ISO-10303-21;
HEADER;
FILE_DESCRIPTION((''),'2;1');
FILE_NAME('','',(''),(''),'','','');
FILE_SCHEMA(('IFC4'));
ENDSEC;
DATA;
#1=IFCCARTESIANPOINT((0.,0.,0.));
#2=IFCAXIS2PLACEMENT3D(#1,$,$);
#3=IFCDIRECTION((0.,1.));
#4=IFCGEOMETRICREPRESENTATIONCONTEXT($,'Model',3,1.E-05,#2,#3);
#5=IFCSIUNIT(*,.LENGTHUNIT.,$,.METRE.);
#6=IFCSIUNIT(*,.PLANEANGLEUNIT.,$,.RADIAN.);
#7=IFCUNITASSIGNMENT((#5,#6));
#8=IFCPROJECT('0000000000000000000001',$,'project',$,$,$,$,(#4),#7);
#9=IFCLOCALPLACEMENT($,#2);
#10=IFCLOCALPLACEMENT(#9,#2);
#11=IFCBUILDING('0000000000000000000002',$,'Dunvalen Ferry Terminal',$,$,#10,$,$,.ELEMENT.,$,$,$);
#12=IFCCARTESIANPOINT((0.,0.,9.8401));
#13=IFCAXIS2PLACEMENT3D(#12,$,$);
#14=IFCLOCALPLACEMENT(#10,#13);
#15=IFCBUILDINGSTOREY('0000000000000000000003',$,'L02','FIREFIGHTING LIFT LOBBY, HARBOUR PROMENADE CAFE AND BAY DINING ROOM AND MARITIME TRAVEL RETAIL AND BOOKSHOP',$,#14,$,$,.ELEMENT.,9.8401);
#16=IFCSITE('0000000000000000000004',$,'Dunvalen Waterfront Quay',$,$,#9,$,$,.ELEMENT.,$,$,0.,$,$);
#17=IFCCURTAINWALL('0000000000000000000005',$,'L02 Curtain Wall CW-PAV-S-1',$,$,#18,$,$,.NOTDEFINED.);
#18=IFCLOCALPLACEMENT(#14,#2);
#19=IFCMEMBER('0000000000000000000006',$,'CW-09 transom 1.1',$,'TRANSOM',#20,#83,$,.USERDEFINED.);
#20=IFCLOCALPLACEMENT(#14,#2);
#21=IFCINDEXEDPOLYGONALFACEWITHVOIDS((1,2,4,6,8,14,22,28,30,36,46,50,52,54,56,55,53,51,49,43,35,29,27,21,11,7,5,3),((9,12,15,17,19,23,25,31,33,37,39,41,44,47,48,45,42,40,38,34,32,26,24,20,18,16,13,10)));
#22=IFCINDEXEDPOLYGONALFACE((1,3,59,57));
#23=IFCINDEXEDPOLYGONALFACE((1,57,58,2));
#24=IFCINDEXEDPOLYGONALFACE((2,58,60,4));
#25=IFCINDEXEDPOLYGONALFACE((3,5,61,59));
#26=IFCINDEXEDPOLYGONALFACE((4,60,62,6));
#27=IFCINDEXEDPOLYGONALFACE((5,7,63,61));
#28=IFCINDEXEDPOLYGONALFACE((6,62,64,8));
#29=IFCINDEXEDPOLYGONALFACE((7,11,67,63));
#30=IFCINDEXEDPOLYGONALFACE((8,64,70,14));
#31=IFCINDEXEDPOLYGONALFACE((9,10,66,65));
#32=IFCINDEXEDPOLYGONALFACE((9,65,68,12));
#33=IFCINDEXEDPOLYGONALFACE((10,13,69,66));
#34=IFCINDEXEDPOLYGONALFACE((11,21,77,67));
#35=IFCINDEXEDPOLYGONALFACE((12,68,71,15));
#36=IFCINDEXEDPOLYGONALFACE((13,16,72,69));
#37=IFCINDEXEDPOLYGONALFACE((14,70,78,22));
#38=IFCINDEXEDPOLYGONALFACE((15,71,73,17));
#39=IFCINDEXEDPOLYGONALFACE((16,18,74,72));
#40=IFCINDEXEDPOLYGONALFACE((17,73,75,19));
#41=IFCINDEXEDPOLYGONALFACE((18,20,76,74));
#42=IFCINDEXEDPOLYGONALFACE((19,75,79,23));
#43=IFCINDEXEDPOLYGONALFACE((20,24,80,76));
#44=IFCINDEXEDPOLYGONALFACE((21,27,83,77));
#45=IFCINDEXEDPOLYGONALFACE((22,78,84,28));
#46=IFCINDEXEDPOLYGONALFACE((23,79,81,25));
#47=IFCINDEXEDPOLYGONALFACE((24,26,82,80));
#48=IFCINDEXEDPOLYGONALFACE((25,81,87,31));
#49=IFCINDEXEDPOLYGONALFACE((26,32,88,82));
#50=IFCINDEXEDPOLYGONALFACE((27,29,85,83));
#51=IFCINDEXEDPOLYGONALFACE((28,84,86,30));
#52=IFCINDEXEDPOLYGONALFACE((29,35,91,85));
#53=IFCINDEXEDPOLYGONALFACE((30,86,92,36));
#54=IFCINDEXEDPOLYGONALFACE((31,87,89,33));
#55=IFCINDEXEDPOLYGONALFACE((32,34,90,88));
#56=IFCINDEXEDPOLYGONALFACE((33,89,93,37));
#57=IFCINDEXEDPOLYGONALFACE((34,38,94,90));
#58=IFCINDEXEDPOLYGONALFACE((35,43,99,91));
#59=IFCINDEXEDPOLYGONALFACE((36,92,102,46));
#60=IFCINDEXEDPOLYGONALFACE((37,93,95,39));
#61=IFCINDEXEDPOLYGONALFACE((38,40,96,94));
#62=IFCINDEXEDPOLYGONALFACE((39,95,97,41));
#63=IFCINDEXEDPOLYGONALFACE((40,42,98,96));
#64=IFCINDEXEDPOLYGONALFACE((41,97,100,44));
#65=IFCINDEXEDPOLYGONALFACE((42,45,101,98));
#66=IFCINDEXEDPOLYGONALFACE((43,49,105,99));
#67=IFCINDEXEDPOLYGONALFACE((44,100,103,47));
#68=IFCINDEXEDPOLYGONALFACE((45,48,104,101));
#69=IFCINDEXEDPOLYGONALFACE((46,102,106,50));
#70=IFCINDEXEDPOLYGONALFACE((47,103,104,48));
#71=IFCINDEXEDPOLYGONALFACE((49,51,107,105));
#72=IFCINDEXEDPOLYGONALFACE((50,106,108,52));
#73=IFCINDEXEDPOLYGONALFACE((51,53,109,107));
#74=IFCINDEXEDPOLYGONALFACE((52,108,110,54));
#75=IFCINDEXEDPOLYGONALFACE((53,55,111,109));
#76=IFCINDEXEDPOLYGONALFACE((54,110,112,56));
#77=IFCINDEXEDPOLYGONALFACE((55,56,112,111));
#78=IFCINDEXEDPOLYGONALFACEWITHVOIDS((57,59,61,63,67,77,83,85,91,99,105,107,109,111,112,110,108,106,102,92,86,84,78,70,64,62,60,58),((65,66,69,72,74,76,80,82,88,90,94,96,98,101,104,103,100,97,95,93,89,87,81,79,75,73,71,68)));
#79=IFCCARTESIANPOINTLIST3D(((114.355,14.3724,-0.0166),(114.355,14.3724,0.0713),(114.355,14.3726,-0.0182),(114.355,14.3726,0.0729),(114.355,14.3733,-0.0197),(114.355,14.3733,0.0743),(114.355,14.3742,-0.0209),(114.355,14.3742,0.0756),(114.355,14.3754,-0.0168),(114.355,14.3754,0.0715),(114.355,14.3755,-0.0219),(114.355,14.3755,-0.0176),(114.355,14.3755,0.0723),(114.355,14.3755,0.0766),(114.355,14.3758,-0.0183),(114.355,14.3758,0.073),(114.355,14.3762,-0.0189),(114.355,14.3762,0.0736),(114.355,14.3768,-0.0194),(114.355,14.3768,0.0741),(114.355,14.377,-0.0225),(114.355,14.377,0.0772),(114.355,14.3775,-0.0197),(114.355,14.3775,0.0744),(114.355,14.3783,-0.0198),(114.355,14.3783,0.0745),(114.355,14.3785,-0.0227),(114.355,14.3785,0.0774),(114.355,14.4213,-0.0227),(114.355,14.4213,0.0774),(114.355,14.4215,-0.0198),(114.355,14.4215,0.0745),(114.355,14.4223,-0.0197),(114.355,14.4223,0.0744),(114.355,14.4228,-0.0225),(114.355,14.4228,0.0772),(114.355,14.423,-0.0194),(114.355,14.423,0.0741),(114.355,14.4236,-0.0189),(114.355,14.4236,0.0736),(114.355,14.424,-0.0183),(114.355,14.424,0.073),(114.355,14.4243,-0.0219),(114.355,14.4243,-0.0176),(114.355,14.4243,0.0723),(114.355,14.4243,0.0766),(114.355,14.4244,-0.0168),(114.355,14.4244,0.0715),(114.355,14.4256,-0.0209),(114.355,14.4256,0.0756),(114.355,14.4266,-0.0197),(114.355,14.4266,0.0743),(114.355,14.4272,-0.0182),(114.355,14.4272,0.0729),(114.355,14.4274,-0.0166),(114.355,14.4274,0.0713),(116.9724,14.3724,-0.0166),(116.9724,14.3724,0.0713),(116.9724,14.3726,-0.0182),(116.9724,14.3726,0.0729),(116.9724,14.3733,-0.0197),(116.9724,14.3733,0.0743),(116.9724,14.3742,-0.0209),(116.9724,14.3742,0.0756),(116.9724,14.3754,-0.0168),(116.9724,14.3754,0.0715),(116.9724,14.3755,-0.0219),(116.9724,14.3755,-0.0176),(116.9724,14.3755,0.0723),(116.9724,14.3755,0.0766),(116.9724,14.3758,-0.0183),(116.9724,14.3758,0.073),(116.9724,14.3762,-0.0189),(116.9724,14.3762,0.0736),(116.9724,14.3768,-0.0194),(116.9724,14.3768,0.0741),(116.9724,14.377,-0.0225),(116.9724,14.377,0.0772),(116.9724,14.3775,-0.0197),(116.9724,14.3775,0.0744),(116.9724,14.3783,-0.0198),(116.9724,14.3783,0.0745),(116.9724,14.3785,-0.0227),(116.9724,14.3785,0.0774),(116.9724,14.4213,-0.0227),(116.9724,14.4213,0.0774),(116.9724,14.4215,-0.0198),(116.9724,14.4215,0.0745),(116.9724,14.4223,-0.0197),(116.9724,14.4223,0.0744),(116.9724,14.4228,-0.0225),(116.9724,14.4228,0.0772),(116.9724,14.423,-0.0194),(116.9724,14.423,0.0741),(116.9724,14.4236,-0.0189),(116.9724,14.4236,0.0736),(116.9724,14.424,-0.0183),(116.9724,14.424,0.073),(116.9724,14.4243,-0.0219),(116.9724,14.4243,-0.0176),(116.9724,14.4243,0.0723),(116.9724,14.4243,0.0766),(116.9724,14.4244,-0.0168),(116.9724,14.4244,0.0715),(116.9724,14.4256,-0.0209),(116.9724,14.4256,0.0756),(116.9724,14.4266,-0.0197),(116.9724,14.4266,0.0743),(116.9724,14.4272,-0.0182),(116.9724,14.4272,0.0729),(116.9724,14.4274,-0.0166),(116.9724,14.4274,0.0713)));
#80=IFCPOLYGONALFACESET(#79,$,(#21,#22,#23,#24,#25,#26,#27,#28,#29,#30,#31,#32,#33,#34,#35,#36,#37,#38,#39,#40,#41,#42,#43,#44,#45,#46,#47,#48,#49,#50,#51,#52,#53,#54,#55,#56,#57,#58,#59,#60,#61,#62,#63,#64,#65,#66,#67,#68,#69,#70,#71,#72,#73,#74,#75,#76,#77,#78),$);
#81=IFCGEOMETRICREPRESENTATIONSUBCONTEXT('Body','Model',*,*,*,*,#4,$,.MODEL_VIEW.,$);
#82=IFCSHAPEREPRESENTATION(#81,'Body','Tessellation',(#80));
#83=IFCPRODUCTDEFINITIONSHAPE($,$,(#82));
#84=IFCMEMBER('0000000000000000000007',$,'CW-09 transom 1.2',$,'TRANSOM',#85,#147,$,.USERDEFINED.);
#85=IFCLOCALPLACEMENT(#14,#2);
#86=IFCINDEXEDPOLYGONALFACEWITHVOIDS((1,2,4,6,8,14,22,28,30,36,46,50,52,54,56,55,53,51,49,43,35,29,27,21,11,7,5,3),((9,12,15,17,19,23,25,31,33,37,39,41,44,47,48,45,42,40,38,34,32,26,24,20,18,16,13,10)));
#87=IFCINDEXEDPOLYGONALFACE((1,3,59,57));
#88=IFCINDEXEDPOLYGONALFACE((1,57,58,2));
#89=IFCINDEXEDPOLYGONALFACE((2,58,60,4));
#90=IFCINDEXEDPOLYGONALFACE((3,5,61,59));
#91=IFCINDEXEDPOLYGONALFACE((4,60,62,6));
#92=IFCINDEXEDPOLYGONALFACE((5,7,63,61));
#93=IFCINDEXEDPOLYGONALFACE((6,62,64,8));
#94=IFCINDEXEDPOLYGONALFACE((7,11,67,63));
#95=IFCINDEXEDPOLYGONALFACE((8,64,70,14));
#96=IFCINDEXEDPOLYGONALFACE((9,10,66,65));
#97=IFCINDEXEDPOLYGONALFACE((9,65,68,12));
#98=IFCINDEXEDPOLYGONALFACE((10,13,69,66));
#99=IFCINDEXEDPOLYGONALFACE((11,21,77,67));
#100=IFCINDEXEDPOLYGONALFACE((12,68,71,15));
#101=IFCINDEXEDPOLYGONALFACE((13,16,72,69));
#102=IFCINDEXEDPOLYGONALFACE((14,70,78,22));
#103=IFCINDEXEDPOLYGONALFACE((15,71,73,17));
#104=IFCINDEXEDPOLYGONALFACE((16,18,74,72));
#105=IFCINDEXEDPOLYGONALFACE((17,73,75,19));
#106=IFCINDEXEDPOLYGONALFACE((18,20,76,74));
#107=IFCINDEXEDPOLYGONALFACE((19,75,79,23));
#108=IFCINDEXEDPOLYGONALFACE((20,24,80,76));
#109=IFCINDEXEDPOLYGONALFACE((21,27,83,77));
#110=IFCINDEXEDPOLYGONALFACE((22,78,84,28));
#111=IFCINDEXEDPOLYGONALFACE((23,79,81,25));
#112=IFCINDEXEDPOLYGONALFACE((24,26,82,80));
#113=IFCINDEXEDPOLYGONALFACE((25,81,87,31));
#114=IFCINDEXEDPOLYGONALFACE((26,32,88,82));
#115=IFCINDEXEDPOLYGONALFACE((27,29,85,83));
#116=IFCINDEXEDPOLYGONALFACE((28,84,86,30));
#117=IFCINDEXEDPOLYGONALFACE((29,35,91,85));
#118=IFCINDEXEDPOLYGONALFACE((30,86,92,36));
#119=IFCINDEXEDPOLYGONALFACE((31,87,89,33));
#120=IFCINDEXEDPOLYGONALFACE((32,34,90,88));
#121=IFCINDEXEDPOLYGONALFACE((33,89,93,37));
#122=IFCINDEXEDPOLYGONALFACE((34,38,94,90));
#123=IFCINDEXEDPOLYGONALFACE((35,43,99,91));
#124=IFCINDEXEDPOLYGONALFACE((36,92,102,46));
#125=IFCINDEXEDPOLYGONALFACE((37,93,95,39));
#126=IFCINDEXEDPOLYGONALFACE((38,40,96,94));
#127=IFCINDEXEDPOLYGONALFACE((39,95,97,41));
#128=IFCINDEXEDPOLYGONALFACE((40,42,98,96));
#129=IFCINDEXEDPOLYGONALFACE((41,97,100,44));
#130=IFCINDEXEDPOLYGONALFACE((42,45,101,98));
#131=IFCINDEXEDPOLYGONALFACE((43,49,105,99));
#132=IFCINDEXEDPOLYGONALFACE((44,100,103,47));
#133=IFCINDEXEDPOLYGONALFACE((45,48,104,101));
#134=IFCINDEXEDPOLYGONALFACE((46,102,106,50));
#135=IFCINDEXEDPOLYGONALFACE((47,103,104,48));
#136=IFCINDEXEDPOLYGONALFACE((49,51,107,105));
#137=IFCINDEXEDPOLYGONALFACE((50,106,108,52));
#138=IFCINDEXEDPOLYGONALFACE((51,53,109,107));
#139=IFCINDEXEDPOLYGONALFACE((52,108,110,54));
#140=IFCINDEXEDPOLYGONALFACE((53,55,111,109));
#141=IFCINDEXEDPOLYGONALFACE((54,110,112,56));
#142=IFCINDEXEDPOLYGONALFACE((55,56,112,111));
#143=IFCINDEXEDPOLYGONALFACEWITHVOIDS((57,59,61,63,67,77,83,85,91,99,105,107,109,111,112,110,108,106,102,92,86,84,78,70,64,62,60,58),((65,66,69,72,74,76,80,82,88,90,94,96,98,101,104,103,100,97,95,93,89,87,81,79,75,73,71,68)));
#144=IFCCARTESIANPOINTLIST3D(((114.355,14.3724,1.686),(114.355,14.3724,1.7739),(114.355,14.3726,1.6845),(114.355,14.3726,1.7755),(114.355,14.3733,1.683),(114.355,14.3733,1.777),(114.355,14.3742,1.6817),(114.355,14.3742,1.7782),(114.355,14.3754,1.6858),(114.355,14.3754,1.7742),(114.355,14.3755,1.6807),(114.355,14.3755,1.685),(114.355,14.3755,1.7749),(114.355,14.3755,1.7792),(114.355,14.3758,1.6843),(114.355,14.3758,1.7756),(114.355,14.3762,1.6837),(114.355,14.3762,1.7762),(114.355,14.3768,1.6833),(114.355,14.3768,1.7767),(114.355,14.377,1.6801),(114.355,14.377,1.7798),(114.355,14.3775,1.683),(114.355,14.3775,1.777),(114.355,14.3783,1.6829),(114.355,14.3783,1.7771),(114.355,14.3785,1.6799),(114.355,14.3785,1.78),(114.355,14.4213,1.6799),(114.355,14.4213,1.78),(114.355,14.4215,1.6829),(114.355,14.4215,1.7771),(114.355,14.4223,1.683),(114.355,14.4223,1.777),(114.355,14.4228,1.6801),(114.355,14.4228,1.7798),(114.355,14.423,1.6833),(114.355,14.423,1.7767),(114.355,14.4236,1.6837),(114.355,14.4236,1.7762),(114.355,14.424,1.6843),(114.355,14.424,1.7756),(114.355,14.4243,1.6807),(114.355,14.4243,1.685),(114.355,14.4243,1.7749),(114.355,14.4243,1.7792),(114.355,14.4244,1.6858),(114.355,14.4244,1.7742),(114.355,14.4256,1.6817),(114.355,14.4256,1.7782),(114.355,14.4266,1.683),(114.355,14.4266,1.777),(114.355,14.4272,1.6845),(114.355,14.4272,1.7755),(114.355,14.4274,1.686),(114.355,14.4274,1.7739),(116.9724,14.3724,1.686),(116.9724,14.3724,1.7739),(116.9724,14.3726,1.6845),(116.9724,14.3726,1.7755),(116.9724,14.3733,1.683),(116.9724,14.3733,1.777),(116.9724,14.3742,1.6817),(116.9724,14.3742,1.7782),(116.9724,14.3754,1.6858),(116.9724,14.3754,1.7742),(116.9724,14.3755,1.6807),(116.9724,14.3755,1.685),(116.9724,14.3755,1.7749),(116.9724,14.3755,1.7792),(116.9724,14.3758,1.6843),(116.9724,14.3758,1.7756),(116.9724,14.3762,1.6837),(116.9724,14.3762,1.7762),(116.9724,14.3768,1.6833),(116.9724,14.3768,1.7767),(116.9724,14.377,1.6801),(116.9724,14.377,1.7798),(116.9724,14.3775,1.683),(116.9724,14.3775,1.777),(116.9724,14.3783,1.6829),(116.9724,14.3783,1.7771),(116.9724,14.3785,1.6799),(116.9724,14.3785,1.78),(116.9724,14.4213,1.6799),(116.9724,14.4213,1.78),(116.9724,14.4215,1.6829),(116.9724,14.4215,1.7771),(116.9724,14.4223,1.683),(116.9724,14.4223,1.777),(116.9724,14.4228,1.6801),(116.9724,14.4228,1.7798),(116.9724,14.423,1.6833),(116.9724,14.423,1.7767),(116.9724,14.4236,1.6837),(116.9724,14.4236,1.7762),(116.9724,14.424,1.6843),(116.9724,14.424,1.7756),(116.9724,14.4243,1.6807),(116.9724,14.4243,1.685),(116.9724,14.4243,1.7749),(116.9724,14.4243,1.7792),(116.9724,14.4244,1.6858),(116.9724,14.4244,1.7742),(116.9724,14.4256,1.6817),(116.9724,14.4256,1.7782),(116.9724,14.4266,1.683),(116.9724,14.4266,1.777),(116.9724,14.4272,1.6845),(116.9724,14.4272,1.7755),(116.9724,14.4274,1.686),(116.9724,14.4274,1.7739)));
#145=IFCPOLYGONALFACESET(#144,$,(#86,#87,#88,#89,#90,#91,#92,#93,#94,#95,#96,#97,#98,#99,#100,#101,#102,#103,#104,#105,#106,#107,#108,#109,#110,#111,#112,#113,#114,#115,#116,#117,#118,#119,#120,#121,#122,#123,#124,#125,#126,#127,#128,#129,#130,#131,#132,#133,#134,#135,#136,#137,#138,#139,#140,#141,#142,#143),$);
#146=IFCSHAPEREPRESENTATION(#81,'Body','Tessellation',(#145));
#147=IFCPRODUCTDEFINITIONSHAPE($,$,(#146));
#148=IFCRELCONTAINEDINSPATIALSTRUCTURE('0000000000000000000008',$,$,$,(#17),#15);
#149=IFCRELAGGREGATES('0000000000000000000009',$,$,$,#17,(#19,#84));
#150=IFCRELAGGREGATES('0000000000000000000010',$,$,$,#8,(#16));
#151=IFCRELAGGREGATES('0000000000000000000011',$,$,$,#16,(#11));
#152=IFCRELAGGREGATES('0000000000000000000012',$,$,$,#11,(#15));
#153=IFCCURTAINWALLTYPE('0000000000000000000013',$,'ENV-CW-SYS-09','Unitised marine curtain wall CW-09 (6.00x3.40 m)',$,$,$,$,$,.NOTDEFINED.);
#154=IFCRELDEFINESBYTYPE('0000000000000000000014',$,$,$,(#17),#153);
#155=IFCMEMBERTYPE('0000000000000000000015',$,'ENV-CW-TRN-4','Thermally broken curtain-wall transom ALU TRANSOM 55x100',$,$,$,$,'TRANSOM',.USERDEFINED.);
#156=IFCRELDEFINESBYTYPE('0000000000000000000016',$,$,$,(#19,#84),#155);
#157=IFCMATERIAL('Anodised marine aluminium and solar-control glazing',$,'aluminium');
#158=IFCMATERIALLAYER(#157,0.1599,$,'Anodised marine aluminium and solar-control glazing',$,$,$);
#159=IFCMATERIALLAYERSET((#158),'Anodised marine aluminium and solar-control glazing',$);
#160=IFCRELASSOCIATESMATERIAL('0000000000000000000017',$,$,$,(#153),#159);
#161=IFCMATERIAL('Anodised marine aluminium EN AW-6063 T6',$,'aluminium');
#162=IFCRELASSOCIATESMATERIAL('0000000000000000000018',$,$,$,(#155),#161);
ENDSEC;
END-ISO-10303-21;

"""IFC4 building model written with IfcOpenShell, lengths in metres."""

from ifc_helpers import new_model, si_unit, direction, frame, origin, origin_2d, place, context, subcontext, project, spatial, hollow_rectangle, extrude, material, layer, layer_set, material_profile, profile_set, type_object, element, aggregate, save


model = new_model("IFC4")

# Units and contexts
model_context = context("Model", 3, precision=1e-05, world=origin(), true_north=direction((0.0, 1.0)))
body_context = subcontext(model_context, "Body", "Model", "MODEL_VIEW")
ifc_project = project(units=[si_unit("LENGTHUNIT", "METRE"), si_unit("PLANEANGLEUNIT", "RADIAN")], contexts=[model_context])

# Site, building, storey
site_placement = place(None, origin())
site = spatial("IfcSite", under=ifc_project, at=site_placement, Name="Dunvalen Waterfront Quay", CompositionType="ELEMENT", RefElevation=0.0)
building_placement = place(site_placement, origin())
building = spatial("IfcBuilding", under=site, at=building_placement, Name="Dunvalen Ferry Terminal", CompositionType="ELEMENT")
storey_placement = place(building_placement, frame((0.0, 0.0, 9.8401)))
storey = spatial("IfcBuildingStorey", under=building, at=storey_placement, Name="L02", Description="FIREFIGHTING LIFT LOBBY, HARBOUR PROMENADE CAFE AND BAY DINING ROOM AND MARITIME TRAVEL RETAIL AND BOOKSHOP", CompositionType="ELEMENT", Elevation=9.8401)

# Curtain wall, members
ifc_material_1 = material(Name="Anodised marine aluminium and solar-control glazing", Category="aluminium")
ifc_layer_1 = layer(ifc_material_1, 0.1599, Name="Anodised marine aluminium and solar-control glazing")
ifc_layer_set_1 = layer_set([ifc_layer_1], Name="Anodised marine aluminium and solar-control glazing")
curtain_wall_type = type_object("IfcCurtainWallType", Name="ENV-CW-SYS-09", Description="Unitised marine curtain wall CW-09 (6.00x3.40 m)", PredefinedType="NOTDEFINED", material=ifc_layer_set_1)
curtain_wall_placement = place(storey_placement, origin())
curtain_wall = element("IfcCurtainWall", 1, at=curtain_wall_placement, inside=storey, type_object=curtain_wall_type, Name="L02 Curtain Wall CW-PAV-S-1", PredefinedType="NOTDEFINED")
ifc_material_2 = material(Name="Anodised marine aluminium EN AW-6063 T6", Category="aluminium")
ifc_material_profile_1 = material_profile(ifc_material_2, hollow_rectangle(XDim=0.0549, YDim=0.1001, WallThickness=0.0029, InnerFilletRadius=0.0029, OuterFilletRadius=0.0061, at=origin_2d()), Name="Anodised marine aluminium EN AW-6063 T6")
ifc_profile_set_1 = profile_set([ifc_material_profile_1], Name="Anodised marine aluminium EN AW-6063 T6")
member_type_1 = type_object("IfcMemberType", Name="ENV-CW-TRN-4", Description="Thermally broken curtain-wall transom ALU TRANSOM 55x100", ElementType="TRANSOM", PredefinedType="USERDEFINED", material=ifc_profile_set_1)
member_1_placement = place(storey_placement, frame((114.355, 14.3999, 0.0273), z_axis=(1.0, 0.0, 0.0), x_axis=(0.0, 1.0, 0.0)))
member_1 = element("IfcMember", 2, at=member_1_placement, type_object=member_type_1, Name="CW-09 transom 1.1", ObjectType="TRANSOM", PredefinedType="USERDEFINED", context=body_context, shape_type="SweptSolid", body=[
    extrude(hollow_rectangle(XDim=0.0549, YDim=0.1001, WallThickness=0.0029, InnerFilletRadius=0.0029, OuterFilletRadius=0.0061, at=origin_2d()), origin(), (0.0, 0.0, 1.0), 2.6174),
])
member_2_placement = place(storey_placement, frame((114.355, 14.3999, 1.73), z_axis=(1.0, 0.0, 0.0), x_axis=(0.0, 1.0, 0.0)))
member_2 = element("IfcMember", 3, at=member_2_placement, type_object=member_type_1, Name="CW-09 transom 1.2", ObjectType="TRANSOM", PredefinedType="USERDEFINED", context=body_context, shape_type="SweptSolid", body=[
    extrude(hollow_rectangle(XDim=0.0549, YDim=0.1001, WallThickness=0.0029, InnerFilletRadius=0.0029, OuterFilletRadius=0.0061, at=origin_2d()), origin(), (0.0, 0.0, 1.0), 2.6174),
])

aggregate(curtain_wall, [member_1, member_2])

save(model, "model.ifc")
